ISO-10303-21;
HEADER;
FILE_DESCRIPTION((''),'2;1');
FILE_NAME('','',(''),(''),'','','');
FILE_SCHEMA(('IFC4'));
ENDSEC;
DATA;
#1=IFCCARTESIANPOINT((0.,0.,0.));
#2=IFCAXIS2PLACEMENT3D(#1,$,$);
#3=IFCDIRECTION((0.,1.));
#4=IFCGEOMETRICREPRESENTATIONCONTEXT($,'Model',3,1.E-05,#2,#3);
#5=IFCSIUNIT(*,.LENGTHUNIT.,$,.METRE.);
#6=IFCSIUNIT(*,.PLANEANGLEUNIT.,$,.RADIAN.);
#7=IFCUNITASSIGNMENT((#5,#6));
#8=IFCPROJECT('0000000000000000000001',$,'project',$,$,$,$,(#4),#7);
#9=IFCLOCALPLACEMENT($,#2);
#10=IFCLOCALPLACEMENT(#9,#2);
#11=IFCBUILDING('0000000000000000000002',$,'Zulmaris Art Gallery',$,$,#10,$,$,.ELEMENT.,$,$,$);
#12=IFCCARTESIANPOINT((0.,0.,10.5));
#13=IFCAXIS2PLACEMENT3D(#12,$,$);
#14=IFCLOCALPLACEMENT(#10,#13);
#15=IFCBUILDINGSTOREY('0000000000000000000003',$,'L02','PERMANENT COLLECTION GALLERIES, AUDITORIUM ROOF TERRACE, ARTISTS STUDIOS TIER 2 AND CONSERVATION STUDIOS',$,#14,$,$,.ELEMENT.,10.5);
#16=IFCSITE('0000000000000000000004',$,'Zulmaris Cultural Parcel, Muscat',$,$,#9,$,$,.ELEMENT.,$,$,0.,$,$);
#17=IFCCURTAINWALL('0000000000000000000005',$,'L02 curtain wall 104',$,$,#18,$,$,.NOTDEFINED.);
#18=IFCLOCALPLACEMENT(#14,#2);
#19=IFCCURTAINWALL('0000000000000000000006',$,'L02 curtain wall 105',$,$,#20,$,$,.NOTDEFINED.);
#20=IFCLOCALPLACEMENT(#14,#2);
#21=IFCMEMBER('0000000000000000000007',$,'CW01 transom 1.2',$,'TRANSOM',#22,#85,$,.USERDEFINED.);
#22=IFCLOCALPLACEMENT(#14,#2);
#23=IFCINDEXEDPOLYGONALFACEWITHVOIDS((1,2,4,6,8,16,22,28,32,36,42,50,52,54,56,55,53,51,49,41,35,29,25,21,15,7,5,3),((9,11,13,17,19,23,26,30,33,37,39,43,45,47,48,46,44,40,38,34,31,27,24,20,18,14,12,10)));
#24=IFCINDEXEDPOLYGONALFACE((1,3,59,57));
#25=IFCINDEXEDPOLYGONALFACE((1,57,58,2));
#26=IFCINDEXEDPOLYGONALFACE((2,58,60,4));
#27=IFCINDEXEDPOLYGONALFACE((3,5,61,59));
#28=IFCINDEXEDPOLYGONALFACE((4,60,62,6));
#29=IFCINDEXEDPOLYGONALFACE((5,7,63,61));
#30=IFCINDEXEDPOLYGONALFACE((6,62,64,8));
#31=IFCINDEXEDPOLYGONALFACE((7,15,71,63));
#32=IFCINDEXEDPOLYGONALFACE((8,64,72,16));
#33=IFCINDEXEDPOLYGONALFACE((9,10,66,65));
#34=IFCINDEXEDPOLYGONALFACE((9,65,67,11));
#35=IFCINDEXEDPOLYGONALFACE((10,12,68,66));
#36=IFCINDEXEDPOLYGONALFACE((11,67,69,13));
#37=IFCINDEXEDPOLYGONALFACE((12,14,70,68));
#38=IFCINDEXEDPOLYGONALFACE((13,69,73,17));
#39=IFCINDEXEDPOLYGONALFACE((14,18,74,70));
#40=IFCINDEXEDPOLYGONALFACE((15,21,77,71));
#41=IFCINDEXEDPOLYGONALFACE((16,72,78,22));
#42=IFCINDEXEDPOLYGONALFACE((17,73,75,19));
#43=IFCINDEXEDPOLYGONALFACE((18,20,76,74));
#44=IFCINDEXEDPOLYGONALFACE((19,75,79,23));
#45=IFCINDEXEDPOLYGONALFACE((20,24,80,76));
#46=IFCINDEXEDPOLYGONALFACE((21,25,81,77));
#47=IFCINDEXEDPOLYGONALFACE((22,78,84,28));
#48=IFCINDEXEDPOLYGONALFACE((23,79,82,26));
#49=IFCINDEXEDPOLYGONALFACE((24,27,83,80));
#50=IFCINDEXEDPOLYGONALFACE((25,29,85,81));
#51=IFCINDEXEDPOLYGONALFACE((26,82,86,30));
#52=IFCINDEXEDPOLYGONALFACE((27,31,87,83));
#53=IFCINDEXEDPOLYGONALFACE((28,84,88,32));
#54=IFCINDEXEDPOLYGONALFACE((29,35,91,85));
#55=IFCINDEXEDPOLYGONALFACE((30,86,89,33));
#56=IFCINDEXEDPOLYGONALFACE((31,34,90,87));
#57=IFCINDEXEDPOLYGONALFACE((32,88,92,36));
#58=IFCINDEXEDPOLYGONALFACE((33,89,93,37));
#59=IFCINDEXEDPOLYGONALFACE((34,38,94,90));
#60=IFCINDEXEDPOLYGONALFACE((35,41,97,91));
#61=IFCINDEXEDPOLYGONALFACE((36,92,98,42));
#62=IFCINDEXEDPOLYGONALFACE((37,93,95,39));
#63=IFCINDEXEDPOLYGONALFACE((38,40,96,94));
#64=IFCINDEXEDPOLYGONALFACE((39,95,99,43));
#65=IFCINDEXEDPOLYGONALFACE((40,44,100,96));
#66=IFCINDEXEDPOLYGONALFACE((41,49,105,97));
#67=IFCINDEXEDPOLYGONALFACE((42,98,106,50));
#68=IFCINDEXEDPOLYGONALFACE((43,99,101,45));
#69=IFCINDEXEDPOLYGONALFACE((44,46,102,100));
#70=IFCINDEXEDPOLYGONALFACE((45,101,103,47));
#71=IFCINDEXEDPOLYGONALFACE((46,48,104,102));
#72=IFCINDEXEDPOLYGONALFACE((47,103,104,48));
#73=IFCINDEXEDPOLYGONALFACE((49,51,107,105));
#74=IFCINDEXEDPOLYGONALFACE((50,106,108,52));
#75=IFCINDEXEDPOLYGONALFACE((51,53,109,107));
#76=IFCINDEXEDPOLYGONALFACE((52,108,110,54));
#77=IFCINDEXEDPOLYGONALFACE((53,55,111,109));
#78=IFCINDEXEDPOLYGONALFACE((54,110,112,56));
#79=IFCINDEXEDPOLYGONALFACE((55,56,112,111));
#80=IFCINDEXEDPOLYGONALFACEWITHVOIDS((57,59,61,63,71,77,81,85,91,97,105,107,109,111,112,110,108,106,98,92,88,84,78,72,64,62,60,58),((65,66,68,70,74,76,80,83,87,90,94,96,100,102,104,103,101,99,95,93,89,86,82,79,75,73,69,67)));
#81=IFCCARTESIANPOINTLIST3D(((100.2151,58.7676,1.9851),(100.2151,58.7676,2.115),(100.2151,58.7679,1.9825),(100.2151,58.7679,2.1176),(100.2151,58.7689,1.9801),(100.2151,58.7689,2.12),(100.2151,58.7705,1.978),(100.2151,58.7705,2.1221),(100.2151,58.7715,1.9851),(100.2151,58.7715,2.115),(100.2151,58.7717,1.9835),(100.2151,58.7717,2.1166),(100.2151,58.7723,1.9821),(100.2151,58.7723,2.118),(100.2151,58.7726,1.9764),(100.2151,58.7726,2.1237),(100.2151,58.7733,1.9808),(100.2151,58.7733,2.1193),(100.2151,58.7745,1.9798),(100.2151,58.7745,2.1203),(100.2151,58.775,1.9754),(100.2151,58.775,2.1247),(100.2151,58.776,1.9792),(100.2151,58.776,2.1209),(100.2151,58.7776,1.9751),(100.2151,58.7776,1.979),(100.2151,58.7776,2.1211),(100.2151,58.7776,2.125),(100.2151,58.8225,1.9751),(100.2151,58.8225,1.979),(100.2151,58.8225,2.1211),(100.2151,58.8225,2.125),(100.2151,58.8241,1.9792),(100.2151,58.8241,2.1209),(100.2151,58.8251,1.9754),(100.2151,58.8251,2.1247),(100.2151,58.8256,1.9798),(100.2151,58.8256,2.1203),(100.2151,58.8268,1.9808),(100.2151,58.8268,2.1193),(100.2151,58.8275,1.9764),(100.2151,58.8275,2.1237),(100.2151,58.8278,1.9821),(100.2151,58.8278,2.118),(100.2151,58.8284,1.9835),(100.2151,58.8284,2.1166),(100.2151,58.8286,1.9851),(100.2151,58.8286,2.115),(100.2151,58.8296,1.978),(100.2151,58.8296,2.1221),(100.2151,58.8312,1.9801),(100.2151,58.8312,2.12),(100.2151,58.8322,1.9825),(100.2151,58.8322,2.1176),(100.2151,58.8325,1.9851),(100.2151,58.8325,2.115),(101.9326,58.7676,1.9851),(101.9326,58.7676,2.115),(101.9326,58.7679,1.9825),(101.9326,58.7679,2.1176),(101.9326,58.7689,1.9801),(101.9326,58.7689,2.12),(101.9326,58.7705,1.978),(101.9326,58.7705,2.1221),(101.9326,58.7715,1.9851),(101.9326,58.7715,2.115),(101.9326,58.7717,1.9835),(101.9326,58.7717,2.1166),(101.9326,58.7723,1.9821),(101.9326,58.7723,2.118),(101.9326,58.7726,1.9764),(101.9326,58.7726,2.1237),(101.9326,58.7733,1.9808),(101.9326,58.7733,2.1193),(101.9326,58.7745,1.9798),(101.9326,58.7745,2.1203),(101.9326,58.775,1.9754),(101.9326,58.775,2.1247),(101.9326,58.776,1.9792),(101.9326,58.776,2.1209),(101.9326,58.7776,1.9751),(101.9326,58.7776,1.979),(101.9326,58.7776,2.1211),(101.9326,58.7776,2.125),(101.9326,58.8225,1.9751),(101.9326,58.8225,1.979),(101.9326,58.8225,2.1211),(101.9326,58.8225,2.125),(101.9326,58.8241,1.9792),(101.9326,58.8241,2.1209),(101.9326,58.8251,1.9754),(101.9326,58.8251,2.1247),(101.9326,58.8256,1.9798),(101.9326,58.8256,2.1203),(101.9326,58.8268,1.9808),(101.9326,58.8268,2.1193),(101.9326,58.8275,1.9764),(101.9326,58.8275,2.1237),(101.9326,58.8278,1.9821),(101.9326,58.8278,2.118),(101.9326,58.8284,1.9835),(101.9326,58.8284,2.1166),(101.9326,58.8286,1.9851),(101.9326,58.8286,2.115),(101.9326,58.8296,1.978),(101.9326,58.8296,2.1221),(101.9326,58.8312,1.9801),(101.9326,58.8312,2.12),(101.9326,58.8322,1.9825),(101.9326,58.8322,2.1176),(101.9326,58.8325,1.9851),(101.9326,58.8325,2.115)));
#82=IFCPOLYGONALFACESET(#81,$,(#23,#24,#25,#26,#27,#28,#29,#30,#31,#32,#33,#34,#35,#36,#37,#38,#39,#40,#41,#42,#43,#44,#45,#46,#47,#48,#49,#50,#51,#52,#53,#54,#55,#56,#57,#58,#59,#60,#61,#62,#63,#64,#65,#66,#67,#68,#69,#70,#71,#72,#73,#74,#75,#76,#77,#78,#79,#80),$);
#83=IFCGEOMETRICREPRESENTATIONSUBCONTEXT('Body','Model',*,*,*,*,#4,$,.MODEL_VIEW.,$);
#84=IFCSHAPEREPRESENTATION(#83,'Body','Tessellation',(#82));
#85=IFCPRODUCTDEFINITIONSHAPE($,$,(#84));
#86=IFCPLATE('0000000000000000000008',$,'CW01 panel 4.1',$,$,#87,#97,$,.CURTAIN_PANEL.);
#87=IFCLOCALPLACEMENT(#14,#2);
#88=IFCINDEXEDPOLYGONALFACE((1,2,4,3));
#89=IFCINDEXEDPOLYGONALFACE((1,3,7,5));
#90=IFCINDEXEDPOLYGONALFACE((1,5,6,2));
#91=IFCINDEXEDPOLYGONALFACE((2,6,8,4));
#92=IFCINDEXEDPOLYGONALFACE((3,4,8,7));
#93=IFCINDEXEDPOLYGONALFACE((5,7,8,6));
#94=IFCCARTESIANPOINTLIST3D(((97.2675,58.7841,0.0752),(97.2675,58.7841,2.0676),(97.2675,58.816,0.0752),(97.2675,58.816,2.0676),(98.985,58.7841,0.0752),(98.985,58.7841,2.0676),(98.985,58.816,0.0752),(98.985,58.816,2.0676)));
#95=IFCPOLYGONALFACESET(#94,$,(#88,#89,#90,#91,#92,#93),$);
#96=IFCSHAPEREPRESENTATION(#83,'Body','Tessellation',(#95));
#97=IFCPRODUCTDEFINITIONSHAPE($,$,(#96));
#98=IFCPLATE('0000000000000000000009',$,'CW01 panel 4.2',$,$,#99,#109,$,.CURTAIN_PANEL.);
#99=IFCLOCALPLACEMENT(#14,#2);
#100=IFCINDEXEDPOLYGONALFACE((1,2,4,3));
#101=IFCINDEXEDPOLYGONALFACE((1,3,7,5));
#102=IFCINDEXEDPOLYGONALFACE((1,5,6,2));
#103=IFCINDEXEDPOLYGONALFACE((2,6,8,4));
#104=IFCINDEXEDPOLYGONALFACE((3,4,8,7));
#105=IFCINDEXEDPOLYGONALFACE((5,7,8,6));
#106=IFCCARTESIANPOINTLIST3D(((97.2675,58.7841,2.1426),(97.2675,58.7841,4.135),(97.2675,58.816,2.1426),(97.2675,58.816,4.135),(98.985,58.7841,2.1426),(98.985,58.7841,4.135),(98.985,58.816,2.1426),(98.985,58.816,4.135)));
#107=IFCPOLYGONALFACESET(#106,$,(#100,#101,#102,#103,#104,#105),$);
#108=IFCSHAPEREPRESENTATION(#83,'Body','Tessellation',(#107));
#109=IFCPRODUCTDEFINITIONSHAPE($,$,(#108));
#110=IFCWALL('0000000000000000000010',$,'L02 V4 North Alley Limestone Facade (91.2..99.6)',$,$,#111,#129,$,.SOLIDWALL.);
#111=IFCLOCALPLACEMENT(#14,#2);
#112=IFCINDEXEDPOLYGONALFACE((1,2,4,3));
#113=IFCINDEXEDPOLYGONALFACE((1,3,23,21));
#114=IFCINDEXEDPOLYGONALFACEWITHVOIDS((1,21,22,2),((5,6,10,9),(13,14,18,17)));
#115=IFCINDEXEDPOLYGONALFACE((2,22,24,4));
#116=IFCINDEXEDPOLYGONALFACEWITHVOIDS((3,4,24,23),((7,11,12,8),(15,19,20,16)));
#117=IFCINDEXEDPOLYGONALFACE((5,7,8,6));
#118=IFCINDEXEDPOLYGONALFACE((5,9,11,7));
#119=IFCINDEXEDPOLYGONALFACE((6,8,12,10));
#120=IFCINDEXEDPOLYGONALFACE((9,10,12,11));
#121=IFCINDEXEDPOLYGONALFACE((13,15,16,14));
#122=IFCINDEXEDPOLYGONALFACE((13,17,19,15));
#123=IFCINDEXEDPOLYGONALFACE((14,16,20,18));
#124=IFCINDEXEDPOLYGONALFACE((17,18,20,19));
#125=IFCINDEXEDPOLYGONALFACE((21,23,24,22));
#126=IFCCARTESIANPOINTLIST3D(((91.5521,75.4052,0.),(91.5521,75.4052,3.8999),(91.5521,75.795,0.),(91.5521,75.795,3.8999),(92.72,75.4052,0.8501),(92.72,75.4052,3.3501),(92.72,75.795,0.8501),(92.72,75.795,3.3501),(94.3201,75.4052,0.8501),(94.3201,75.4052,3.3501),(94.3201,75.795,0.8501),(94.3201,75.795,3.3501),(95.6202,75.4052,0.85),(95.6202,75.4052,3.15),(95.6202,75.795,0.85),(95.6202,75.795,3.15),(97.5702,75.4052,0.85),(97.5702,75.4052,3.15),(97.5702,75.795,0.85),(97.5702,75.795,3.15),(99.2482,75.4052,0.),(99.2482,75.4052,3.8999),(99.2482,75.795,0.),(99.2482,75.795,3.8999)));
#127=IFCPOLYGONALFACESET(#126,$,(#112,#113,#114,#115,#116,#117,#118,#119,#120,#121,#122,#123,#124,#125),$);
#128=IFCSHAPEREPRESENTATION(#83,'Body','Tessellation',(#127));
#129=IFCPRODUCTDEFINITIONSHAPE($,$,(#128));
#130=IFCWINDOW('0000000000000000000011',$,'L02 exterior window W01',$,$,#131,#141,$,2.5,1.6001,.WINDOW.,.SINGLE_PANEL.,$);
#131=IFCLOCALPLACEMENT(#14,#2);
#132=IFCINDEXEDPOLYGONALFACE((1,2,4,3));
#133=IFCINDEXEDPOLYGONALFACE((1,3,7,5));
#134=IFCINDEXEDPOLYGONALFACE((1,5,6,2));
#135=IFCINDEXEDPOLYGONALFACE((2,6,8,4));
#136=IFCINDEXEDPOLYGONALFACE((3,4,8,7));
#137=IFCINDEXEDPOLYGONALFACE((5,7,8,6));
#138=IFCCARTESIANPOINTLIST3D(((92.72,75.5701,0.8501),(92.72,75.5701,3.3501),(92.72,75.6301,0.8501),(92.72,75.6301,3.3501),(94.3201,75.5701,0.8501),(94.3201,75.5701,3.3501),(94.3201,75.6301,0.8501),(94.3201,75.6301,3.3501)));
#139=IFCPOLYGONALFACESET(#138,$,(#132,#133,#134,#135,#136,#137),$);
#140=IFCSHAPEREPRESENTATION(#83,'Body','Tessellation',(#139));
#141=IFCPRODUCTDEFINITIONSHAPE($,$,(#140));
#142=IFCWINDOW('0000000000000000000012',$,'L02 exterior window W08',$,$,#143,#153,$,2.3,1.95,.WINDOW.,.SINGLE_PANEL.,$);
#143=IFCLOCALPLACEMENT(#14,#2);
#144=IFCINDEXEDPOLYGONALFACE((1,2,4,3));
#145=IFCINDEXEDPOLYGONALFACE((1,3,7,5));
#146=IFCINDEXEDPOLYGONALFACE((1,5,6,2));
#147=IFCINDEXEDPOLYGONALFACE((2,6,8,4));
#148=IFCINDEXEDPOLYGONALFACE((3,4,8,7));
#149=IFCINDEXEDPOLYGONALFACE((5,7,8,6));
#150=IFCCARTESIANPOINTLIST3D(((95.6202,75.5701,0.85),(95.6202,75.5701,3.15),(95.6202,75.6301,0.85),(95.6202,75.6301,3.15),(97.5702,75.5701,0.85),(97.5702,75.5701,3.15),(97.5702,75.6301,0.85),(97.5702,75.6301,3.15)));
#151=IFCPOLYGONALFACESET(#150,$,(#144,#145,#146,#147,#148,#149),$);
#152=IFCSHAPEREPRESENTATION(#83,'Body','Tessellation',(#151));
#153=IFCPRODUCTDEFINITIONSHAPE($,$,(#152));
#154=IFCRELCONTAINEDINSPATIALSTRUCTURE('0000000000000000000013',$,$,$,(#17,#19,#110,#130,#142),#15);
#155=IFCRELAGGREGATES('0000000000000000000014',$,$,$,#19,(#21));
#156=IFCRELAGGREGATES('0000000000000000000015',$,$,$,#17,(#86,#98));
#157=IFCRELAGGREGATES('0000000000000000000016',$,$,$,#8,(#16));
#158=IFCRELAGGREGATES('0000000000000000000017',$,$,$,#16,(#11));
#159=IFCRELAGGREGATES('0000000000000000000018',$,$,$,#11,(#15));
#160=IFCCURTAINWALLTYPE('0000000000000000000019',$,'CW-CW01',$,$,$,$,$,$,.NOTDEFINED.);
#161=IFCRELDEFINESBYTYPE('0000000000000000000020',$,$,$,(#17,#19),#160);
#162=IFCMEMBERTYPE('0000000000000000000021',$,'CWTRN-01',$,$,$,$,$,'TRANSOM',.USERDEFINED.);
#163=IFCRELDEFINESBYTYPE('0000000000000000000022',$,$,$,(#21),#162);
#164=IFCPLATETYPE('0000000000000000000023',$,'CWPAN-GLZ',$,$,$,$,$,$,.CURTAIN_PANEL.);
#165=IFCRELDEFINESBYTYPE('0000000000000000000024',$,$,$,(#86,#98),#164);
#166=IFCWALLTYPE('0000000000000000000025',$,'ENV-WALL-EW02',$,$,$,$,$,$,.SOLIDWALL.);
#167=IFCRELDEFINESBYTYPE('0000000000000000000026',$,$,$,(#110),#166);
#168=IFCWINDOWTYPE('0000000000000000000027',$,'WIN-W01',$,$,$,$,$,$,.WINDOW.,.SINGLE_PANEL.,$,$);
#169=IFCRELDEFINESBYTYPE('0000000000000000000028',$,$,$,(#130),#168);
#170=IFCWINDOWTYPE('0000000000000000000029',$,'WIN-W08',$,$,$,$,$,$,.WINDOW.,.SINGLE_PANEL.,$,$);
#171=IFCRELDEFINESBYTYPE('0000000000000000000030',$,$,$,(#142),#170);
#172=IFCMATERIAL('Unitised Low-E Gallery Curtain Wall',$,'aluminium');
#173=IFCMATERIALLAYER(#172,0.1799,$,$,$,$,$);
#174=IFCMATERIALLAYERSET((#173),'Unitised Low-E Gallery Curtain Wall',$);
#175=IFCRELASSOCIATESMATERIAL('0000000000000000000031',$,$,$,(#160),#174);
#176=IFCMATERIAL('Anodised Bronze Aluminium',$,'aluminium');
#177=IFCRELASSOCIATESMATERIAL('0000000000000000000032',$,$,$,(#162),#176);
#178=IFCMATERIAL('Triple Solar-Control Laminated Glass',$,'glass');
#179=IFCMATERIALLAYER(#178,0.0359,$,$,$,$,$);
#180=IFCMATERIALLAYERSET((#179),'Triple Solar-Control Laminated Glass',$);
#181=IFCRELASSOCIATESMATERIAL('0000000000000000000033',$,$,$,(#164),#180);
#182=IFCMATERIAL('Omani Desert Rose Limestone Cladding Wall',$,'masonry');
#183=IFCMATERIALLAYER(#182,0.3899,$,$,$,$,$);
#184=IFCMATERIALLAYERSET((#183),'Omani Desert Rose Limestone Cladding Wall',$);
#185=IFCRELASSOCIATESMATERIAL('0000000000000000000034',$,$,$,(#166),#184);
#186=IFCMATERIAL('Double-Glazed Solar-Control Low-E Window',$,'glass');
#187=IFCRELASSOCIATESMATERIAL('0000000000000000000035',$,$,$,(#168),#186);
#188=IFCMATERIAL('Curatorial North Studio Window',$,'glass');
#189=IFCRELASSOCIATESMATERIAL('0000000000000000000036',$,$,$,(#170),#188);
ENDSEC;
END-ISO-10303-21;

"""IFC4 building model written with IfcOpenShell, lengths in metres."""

from ifc_helpers import new_model, si_unit, direction, frame, frame_2d, origin, origin_2d, place, context, subcontext, project, spatial, rectangle, hollow_rectangle, extrude, material, layer, layer_set, material_profile, profile_set, type_object, element, fill, aggregate, save


model = new_model("IFC4")

# Units and contexts
model_context = context("Model", 3, precision=1e-05, world=origin(), true_north=direction((0.0, 1.0)))
body_context = subcontext(model_context, "Body", "Model", "MODEL_VIEW")
ifc_project = project(units=[si_unit("LENGTHUNIT", "METRE"), si_unit("PLANEANGLEUNIT", "RADIAN")], contexts=[model_context])

# Site, building, storey
site_placement = place(None, origin())
site = spatial("IfcSite", under=ifc_project, at=site_placement, Name="Zulmaris Cultural Parcel, Muscat", CompositionType="ELEMENT", RefElevation=0.0)
building_placement = place(site_placement, origin())
building = spatial("IfcBuilding", under=site, at=building_placement, Name="Zulmaris Art Gallery", CompositionType="ELEMENT")
storey_placement = place(building_placement, frame((0.0, 0.0, 10.5)))
storey = spatial("IfcBuildingStorey", under=building, at=storey_placement, Name="L02", Description="PERMANENT COLLECTION GALLERIES, AUDITORIUM ROOF TERRACE, ARTISTS STUDIOS TIER 2 AND CONSERVATION STUDIOS", CompositionType="ELEMENT", Elevation=10.5)

# Curtain walls
ifc_material_1 = material(Name="Unitised Low-E Gallery Curtain Wall", Category="aluminium")
ifc_layer_1 = layer(ifc_material_1, 0.1799)
ifc_layer_set_1 = layer_set([ifc_layer_1], Name="Unitised Low-E Gallery Curtain Wall")
curtain_wall_type = type_object("IfcCurtainWallType", Name="CW-CW01", PredefinedType="NOTDEFINED", material=ifc_layer_set_1)
curtain_wall_1_placement = place(storey_placement, origin())
curtain_wall_1 = element("IfcCurtainWall", 1, at=curtain_wall_1_placement, inside=storey, type_object=curtain_wall_type, Name="L02 curtain wall 104", PredefinedType="NOTDEFINED")
ifc_material_2 = material(Name="Anodised Bronze Aluminium", Category="aluminium")
curtain_wall_2_placement = place(storey_placement, origin())
curtain_wall_2 = element("IfcCurtainWall", 2, at=curtain_wall_2_placement, inside=storey, type_object=curtain_wall_type, Name="L02 curtain wall 105", PredefinedType="NOTDEFINED")

# Member
ifc_material_profile_1 = material_profile(ifc_material_2, hollow_rectangle(XDim=0.0649, YDim=0.1499, WallThickness=0.0039, InnerFilletRadius=0.0061, OuterFilletRadius=0.01, at=origin_2d()), Name="ALU 65x150x4")
ifc_profile_set_1 = profile_set([ifc_material_profile_1], Name="Anodised Bronze Aluminium")
member_type_1 = type_object("IfcMemberType", Name="CWTRN-01", ElementType="TRANSOM", PredefinedType="USERDEFINED", material=ifc_profile_set_1)
member_1_placement = place(storey_placement, frame((100.2151, 58.8, 2.05), z_axis=(1.0, 0.0, 0.0), x_axis=(0.0, 1.0, 0.0)))
member_1 = element("IfcMember", 3, at=member_1_placement, type_object=member_type_1, Name="CW01 transom 1.2", ObjectType="TRANSOM", PredefinedType="USERDEFINED", context=body_context, shape_type="SweptSolid", body=[
    extrude(hollow_rectangle(XDim=0.0649, YDim=0.1499, WallThickness=0.0039, InnerFilletRadius=0.0061, OuterFilletRadius=0.01, at=origin_2d()), origin(), (0.0, 0.0, 1.0), 1.7175),
])
aggregate(curtain_wall_2, [member_1])

# Plates
ifc_material_3 = material(Name="Triple Solar-Control Laminated Glass", Category="glass")
ifc_layer_2 = layer(ifc_material_3, 0.0359)
ifc_layer_set_2 = layer_set([ifc_layer_2], Name="Triple Solar-Control Laminated Glass")
plate_type = type_object("IfcPlateType", Name="CWPAN-GLZ", PredefinedType="CURTAIN_PANEL", material=ifc_layer_set_2)
plate_1_placement = place(storey_placement, frame((98.1262, 58.8, 0.0752), z_axis=(0.0, 0.0, 1.0), x_axis=(1.0, 0.0, 0.0)))
plate_1 = element("IfcPlate", 4, at=plate_1_placement, type_object=plate_type, Name="CW01 panel 4.1", PredefinedType="CURTAIN_PANEL", context=body_context, shape_type="SweptSolid", body=[
    extrude(rectangle(XDim=1.7175, YDim=0.032, at=origin_2d()), origin(), (0.0, 0.0, 1.0), 1.9924),
])
plate_2_placement = place(storey_placement, frame((98.1262, 58.8, 2.1426), z_axis=(0.0, 0.0, 1.0), x_axis=(1.0, 0.0, 0.0)))
plate_2 = element("IfcPlate", 5, at=plate_2_placement, type_object=plate_type, Name="CW01 panel 4.2", PredefinedType="CURTAIN_PANEL", context=body_context, shape_type="SweptSolid", body=[
    extrude(rectangle(XDim=1.7175, YDim=0.032, at=origin_2d()), origin(), (0.0, 0.0, 1.0), 1.9924),
])
aggregate(curtain_wall_1, [plate_1, plate_2])

# Wall, openings, windows
ifc_material_4 = material(Name="Omani Desert Rose Limestone Cladding Wall", Category="masonry")
ifc_layer_3 = layer(ifc_material_4, 0.3899)
ifc_layer_set_3 = layer_set([ifc_layer_3], Name="Omani Desert Rose Limestone Cladding Wall")
wall_type_1 = type_object("IfcWallType", Name="ENV-WALL-EW02", PredefinedType="SOLIDWALL", material=ifc_layer_set_3)
wall_1_placement = place(storey_placement, frame((91.552, 75.6001, 0.0), z_axis=(0.0, 0.0, 1.0), x_axis=(1.0, 0.0, 0.0)))
wall_1 = element("IfcWall", 6, at=wall_1_placement, inside=storey, type_object=wall_type_1, Name="L02 V4 North Alley Limestone Facade (91.2..99.6)", PredefinedType="SOLIDWALL", context=body_context, shape_type="SweptSolid", body=[
    extrude(rectangle(XDim=7.696, YDim=0.3899, at=frame_2d((3.8481, 0.0))), origin(), (0.0, 0.0, 1.0), 3.8999),
])
opening_1_placement = place(wall_1_placement, frame((1.168, 0.0, 0.8501)))
opening_1 = element("IfcOpeningElement", 7, at=opening_1_placement, cuts=wall_1, PredefinedType="OPENING", context=body_context, shape_type="SweptSolid", body=[
    extrude(rectangle(XDim=1.6001, YDim=2.5, at=frame_2d((0.8, 1.25))), frame((0.0, 0.2048, 0.0), z_axis=(0.0, -1.0, 0.0), x_axis=(1.0, 0.0, 0.0)), (0.0, 0.0, 1.0), 0.4099),
])
opening_2_placement = place(wall_1_placement, frame((4.0681, 0.0, 0.8501)))
opening_2 = element("IfcOpeningElement", 8, at=opening_2_placement, cuts=wall_1, PredefinedType="OPENING", context=body_context, shape_type="SweptSolid", body=[
    extrude(rectangle(XDim=1.95, YDim=2.3, at=frame_2d((0.9751, 1.1499))), frame((0.0, 0.2048, 0.0), z_axis=(0.0, -1.0, 0.0), x_axis=(1.0, 0.0, 0.0)), (0.0, 0.0, 1.0), 0.4099),
])
ifc_material_5 = material(Name="Double-Glazed Solar-Control Low-E Window", Category="glass")
window_type_1 = type_object("IfcWindowType", Name="WIN-W01", PartitioningType="SINGLE_PANEL", PredefinedType="WINDOW", material=ifc_material_5)
window_1_placement = place(opening_1_placement, origin())
window_1 = element("IfcWindow", 9, at=window_1_placement, inside=storey, type_object=window_type_1, Name="L02 exterior window W01", OverallHeight=2.5, OverallWidth=1.6001, PartitioningType="SINGLE_PANEL", PredefinedType="WINDOW", context=body_context, shape_type="SweptSolid", body=[
    extrude(rectangle(XDim=1.6001, YDim=2.5, at=frame_2d((0.8, 1.25))), frame((0.0, 0.03, 0.0), z_axis=(0.0, -1.0, 0.0), x_axis=(1.0, 0.0, 0.0)), (0.0, 0.0, 1.0), 0.0601),
])
fill(opening_1, window_1)
ifc_material_6 = material(Name="Curatorial North Studio Window", Category="glass")
window_type_2 = type_object("IfcWindowType", Name="WIN-W08", PartitioningType="SINGLE_PANEL", PredefinedType="WINDOW", material=ifc_material_6)
window_2_placement = place(opening_2_placement, origin())
window_2 = element("IfcWindow", 10, at=window_2_placement, inside=storey, type_object=window_type_2, Name="L02 exterior window W08", OverallHeight=2.3, OverallWidth=1.95, PartitioningType="SINGLE_PANEL", PredefinedType="WINDOW", context=body_context, shape_type="SweptSolid", body=[
    extrude(rectangle(XDim=1.95, YDim=2.3, at=frame_2d((0.9751, 1.1499))), frame((0.0, 0.03, 0.0), z_axis=(0.0, -1.0, 0.0), x_axis=(1.0, 0.0, 0.0)), (0.0, 0.0, 1.0), 0.0601),
])
fill(opening_2, window_2)

save(model, "model.ifc")
